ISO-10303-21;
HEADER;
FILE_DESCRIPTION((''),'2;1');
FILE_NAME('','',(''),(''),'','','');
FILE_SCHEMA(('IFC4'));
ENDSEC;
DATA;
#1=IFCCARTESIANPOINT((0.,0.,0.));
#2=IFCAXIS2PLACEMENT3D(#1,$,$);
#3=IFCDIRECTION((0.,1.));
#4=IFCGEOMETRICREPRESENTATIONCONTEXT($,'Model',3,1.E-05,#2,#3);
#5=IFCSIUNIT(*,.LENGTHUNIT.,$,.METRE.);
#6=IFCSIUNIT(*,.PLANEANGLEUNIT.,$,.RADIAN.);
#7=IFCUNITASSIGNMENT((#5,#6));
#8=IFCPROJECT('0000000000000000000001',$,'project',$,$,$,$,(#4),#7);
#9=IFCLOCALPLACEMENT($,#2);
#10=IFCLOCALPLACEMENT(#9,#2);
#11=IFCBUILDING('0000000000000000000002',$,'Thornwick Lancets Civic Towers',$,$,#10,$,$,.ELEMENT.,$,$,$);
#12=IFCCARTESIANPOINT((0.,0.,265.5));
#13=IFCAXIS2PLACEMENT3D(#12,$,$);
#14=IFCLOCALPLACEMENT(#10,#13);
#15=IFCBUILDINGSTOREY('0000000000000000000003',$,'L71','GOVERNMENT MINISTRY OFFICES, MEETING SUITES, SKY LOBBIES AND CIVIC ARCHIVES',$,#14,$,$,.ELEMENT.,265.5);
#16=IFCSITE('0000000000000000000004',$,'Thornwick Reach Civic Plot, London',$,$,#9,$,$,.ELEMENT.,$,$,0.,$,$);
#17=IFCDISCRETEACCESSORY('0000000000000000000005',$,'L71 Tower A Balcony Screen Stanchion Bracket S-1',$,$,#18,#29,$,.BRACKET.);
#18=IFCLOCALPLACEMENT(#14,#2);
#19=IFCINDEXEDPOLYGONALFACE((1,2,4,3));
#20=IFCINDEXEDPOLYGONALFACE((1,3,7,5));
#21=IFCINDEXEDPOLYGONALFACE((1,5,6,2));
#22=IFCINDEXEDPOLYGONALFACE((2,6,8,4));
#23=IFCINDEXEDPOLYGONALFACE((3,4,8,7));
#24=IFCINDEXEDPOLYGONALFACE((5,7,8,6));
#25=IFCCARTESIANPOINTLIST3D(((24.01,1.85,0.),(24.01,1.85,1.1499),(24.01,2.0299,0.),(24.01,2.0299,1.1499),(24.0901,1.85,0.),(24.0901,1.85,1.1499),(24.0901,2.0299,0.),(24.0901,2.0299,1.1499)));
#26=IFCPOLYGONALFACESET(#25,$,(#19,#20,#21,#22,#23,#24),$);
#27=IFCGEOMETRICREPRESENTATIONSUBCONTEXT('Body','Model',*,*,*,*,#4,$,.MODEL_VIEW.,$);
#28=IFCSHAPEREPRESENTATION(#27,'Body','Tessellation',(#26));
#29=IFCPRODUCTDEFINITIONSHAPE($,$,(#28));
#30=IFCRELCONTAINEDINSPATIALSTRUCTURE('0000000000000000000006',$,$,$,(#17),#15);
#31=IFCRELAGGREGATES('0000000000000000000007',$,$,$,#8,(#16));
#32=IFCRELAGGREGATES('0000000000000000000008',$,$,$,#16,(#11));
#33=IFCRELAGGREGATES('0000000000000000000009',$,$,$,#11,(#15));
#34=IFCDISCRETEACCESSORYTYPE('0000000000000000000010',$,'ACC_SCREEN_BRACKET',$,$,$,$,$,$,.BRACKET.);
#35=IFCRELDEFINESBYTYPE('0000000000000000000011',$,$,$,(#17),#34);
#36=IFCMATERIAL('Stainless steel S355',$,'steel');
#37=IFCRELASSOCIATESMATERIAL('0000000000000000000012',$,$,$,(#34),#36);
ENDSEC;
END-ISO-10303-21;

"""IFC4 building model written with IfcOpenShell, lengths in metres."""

from ifc_helpers import new_model, si_unit, direction, frame, origin, origin_2d, place, context, subcontext, project, spatial, rectangle, extrude, material, type_object, element, save


model = new_model("IFC4")

# Units and contexts
model_context = context("Model", 3, precision=1e-05, world=origin(), true_north=direction((0.0, 1.0)))
body_context = subcontext(model_context, "Body", "Model", "MODEL_VIEW")
ifc_project = project(units=[si_unit("LENGTHUNIT", "METRE"), si_unit("PLANEANGLEUNIT", "RADIAN")], contexts=[model_context])

# Site, building, storey
site_placement = place(None, origin())
site = spatial("IfcSite", under=ifc_project, at=site_placement, Name="Thornwick Reach Civic Plot, London", CompositionType="ELEMENT", RefElevation=0.0)
building_placement = place(site_placement, origin())
building = spatial("IfcBuilding", under=site, at=building_placement, Name="Thornwick Lancets Civic Towers", CompositionType="ELEMENT")
storey_placement = place(building_placement, frame((0.0, 0.0, 265.5)))
storey = spatial("IfcBuildingStorey", under=building, at=storey_placement, Name="L71", Description="GOVERNMENT MINISTRY OFFICES, MEETING SUITES, SKY LOBBIES AND CIVIC ARCHIVES", CompositionType="ELEMENT", Elevation=265.5)

# Discrete accessory
ifc_material_1 = material(Name="Stainless steel S355", Category="steel")
discrete_accessory_type = type_object("IfcDiscreteAccessoryType", Name="ACC_SCREEN_BRACKET", PredefinedType="BRACKET", material=ifc_material_1)
discrete_accessory_placement = place(storey_placement, frame((24.05, 1.9399, 0.0), z_axis=(0.0, 0.0, 1.0), x_axis=(1.0, 0.0, 0.0)))
element("IfcDiscreteAccessory", 1, at=discrete_accessory_placement, inside=storey, type_object=discrete_accessory_type, Name="L71 Tower A Balcony Screen Stanchion Bracket S-1", PredefinedType="BRACKET", context=body_context, shape_type="SweptSolid", body=[
    extrude(rectangle(XDim=0.0801, YDim=0.1799, at=origin_2d()), origin(), (0.0, 0.0, 1.0), 1.1499),
])

save(model, "model.ifc")
